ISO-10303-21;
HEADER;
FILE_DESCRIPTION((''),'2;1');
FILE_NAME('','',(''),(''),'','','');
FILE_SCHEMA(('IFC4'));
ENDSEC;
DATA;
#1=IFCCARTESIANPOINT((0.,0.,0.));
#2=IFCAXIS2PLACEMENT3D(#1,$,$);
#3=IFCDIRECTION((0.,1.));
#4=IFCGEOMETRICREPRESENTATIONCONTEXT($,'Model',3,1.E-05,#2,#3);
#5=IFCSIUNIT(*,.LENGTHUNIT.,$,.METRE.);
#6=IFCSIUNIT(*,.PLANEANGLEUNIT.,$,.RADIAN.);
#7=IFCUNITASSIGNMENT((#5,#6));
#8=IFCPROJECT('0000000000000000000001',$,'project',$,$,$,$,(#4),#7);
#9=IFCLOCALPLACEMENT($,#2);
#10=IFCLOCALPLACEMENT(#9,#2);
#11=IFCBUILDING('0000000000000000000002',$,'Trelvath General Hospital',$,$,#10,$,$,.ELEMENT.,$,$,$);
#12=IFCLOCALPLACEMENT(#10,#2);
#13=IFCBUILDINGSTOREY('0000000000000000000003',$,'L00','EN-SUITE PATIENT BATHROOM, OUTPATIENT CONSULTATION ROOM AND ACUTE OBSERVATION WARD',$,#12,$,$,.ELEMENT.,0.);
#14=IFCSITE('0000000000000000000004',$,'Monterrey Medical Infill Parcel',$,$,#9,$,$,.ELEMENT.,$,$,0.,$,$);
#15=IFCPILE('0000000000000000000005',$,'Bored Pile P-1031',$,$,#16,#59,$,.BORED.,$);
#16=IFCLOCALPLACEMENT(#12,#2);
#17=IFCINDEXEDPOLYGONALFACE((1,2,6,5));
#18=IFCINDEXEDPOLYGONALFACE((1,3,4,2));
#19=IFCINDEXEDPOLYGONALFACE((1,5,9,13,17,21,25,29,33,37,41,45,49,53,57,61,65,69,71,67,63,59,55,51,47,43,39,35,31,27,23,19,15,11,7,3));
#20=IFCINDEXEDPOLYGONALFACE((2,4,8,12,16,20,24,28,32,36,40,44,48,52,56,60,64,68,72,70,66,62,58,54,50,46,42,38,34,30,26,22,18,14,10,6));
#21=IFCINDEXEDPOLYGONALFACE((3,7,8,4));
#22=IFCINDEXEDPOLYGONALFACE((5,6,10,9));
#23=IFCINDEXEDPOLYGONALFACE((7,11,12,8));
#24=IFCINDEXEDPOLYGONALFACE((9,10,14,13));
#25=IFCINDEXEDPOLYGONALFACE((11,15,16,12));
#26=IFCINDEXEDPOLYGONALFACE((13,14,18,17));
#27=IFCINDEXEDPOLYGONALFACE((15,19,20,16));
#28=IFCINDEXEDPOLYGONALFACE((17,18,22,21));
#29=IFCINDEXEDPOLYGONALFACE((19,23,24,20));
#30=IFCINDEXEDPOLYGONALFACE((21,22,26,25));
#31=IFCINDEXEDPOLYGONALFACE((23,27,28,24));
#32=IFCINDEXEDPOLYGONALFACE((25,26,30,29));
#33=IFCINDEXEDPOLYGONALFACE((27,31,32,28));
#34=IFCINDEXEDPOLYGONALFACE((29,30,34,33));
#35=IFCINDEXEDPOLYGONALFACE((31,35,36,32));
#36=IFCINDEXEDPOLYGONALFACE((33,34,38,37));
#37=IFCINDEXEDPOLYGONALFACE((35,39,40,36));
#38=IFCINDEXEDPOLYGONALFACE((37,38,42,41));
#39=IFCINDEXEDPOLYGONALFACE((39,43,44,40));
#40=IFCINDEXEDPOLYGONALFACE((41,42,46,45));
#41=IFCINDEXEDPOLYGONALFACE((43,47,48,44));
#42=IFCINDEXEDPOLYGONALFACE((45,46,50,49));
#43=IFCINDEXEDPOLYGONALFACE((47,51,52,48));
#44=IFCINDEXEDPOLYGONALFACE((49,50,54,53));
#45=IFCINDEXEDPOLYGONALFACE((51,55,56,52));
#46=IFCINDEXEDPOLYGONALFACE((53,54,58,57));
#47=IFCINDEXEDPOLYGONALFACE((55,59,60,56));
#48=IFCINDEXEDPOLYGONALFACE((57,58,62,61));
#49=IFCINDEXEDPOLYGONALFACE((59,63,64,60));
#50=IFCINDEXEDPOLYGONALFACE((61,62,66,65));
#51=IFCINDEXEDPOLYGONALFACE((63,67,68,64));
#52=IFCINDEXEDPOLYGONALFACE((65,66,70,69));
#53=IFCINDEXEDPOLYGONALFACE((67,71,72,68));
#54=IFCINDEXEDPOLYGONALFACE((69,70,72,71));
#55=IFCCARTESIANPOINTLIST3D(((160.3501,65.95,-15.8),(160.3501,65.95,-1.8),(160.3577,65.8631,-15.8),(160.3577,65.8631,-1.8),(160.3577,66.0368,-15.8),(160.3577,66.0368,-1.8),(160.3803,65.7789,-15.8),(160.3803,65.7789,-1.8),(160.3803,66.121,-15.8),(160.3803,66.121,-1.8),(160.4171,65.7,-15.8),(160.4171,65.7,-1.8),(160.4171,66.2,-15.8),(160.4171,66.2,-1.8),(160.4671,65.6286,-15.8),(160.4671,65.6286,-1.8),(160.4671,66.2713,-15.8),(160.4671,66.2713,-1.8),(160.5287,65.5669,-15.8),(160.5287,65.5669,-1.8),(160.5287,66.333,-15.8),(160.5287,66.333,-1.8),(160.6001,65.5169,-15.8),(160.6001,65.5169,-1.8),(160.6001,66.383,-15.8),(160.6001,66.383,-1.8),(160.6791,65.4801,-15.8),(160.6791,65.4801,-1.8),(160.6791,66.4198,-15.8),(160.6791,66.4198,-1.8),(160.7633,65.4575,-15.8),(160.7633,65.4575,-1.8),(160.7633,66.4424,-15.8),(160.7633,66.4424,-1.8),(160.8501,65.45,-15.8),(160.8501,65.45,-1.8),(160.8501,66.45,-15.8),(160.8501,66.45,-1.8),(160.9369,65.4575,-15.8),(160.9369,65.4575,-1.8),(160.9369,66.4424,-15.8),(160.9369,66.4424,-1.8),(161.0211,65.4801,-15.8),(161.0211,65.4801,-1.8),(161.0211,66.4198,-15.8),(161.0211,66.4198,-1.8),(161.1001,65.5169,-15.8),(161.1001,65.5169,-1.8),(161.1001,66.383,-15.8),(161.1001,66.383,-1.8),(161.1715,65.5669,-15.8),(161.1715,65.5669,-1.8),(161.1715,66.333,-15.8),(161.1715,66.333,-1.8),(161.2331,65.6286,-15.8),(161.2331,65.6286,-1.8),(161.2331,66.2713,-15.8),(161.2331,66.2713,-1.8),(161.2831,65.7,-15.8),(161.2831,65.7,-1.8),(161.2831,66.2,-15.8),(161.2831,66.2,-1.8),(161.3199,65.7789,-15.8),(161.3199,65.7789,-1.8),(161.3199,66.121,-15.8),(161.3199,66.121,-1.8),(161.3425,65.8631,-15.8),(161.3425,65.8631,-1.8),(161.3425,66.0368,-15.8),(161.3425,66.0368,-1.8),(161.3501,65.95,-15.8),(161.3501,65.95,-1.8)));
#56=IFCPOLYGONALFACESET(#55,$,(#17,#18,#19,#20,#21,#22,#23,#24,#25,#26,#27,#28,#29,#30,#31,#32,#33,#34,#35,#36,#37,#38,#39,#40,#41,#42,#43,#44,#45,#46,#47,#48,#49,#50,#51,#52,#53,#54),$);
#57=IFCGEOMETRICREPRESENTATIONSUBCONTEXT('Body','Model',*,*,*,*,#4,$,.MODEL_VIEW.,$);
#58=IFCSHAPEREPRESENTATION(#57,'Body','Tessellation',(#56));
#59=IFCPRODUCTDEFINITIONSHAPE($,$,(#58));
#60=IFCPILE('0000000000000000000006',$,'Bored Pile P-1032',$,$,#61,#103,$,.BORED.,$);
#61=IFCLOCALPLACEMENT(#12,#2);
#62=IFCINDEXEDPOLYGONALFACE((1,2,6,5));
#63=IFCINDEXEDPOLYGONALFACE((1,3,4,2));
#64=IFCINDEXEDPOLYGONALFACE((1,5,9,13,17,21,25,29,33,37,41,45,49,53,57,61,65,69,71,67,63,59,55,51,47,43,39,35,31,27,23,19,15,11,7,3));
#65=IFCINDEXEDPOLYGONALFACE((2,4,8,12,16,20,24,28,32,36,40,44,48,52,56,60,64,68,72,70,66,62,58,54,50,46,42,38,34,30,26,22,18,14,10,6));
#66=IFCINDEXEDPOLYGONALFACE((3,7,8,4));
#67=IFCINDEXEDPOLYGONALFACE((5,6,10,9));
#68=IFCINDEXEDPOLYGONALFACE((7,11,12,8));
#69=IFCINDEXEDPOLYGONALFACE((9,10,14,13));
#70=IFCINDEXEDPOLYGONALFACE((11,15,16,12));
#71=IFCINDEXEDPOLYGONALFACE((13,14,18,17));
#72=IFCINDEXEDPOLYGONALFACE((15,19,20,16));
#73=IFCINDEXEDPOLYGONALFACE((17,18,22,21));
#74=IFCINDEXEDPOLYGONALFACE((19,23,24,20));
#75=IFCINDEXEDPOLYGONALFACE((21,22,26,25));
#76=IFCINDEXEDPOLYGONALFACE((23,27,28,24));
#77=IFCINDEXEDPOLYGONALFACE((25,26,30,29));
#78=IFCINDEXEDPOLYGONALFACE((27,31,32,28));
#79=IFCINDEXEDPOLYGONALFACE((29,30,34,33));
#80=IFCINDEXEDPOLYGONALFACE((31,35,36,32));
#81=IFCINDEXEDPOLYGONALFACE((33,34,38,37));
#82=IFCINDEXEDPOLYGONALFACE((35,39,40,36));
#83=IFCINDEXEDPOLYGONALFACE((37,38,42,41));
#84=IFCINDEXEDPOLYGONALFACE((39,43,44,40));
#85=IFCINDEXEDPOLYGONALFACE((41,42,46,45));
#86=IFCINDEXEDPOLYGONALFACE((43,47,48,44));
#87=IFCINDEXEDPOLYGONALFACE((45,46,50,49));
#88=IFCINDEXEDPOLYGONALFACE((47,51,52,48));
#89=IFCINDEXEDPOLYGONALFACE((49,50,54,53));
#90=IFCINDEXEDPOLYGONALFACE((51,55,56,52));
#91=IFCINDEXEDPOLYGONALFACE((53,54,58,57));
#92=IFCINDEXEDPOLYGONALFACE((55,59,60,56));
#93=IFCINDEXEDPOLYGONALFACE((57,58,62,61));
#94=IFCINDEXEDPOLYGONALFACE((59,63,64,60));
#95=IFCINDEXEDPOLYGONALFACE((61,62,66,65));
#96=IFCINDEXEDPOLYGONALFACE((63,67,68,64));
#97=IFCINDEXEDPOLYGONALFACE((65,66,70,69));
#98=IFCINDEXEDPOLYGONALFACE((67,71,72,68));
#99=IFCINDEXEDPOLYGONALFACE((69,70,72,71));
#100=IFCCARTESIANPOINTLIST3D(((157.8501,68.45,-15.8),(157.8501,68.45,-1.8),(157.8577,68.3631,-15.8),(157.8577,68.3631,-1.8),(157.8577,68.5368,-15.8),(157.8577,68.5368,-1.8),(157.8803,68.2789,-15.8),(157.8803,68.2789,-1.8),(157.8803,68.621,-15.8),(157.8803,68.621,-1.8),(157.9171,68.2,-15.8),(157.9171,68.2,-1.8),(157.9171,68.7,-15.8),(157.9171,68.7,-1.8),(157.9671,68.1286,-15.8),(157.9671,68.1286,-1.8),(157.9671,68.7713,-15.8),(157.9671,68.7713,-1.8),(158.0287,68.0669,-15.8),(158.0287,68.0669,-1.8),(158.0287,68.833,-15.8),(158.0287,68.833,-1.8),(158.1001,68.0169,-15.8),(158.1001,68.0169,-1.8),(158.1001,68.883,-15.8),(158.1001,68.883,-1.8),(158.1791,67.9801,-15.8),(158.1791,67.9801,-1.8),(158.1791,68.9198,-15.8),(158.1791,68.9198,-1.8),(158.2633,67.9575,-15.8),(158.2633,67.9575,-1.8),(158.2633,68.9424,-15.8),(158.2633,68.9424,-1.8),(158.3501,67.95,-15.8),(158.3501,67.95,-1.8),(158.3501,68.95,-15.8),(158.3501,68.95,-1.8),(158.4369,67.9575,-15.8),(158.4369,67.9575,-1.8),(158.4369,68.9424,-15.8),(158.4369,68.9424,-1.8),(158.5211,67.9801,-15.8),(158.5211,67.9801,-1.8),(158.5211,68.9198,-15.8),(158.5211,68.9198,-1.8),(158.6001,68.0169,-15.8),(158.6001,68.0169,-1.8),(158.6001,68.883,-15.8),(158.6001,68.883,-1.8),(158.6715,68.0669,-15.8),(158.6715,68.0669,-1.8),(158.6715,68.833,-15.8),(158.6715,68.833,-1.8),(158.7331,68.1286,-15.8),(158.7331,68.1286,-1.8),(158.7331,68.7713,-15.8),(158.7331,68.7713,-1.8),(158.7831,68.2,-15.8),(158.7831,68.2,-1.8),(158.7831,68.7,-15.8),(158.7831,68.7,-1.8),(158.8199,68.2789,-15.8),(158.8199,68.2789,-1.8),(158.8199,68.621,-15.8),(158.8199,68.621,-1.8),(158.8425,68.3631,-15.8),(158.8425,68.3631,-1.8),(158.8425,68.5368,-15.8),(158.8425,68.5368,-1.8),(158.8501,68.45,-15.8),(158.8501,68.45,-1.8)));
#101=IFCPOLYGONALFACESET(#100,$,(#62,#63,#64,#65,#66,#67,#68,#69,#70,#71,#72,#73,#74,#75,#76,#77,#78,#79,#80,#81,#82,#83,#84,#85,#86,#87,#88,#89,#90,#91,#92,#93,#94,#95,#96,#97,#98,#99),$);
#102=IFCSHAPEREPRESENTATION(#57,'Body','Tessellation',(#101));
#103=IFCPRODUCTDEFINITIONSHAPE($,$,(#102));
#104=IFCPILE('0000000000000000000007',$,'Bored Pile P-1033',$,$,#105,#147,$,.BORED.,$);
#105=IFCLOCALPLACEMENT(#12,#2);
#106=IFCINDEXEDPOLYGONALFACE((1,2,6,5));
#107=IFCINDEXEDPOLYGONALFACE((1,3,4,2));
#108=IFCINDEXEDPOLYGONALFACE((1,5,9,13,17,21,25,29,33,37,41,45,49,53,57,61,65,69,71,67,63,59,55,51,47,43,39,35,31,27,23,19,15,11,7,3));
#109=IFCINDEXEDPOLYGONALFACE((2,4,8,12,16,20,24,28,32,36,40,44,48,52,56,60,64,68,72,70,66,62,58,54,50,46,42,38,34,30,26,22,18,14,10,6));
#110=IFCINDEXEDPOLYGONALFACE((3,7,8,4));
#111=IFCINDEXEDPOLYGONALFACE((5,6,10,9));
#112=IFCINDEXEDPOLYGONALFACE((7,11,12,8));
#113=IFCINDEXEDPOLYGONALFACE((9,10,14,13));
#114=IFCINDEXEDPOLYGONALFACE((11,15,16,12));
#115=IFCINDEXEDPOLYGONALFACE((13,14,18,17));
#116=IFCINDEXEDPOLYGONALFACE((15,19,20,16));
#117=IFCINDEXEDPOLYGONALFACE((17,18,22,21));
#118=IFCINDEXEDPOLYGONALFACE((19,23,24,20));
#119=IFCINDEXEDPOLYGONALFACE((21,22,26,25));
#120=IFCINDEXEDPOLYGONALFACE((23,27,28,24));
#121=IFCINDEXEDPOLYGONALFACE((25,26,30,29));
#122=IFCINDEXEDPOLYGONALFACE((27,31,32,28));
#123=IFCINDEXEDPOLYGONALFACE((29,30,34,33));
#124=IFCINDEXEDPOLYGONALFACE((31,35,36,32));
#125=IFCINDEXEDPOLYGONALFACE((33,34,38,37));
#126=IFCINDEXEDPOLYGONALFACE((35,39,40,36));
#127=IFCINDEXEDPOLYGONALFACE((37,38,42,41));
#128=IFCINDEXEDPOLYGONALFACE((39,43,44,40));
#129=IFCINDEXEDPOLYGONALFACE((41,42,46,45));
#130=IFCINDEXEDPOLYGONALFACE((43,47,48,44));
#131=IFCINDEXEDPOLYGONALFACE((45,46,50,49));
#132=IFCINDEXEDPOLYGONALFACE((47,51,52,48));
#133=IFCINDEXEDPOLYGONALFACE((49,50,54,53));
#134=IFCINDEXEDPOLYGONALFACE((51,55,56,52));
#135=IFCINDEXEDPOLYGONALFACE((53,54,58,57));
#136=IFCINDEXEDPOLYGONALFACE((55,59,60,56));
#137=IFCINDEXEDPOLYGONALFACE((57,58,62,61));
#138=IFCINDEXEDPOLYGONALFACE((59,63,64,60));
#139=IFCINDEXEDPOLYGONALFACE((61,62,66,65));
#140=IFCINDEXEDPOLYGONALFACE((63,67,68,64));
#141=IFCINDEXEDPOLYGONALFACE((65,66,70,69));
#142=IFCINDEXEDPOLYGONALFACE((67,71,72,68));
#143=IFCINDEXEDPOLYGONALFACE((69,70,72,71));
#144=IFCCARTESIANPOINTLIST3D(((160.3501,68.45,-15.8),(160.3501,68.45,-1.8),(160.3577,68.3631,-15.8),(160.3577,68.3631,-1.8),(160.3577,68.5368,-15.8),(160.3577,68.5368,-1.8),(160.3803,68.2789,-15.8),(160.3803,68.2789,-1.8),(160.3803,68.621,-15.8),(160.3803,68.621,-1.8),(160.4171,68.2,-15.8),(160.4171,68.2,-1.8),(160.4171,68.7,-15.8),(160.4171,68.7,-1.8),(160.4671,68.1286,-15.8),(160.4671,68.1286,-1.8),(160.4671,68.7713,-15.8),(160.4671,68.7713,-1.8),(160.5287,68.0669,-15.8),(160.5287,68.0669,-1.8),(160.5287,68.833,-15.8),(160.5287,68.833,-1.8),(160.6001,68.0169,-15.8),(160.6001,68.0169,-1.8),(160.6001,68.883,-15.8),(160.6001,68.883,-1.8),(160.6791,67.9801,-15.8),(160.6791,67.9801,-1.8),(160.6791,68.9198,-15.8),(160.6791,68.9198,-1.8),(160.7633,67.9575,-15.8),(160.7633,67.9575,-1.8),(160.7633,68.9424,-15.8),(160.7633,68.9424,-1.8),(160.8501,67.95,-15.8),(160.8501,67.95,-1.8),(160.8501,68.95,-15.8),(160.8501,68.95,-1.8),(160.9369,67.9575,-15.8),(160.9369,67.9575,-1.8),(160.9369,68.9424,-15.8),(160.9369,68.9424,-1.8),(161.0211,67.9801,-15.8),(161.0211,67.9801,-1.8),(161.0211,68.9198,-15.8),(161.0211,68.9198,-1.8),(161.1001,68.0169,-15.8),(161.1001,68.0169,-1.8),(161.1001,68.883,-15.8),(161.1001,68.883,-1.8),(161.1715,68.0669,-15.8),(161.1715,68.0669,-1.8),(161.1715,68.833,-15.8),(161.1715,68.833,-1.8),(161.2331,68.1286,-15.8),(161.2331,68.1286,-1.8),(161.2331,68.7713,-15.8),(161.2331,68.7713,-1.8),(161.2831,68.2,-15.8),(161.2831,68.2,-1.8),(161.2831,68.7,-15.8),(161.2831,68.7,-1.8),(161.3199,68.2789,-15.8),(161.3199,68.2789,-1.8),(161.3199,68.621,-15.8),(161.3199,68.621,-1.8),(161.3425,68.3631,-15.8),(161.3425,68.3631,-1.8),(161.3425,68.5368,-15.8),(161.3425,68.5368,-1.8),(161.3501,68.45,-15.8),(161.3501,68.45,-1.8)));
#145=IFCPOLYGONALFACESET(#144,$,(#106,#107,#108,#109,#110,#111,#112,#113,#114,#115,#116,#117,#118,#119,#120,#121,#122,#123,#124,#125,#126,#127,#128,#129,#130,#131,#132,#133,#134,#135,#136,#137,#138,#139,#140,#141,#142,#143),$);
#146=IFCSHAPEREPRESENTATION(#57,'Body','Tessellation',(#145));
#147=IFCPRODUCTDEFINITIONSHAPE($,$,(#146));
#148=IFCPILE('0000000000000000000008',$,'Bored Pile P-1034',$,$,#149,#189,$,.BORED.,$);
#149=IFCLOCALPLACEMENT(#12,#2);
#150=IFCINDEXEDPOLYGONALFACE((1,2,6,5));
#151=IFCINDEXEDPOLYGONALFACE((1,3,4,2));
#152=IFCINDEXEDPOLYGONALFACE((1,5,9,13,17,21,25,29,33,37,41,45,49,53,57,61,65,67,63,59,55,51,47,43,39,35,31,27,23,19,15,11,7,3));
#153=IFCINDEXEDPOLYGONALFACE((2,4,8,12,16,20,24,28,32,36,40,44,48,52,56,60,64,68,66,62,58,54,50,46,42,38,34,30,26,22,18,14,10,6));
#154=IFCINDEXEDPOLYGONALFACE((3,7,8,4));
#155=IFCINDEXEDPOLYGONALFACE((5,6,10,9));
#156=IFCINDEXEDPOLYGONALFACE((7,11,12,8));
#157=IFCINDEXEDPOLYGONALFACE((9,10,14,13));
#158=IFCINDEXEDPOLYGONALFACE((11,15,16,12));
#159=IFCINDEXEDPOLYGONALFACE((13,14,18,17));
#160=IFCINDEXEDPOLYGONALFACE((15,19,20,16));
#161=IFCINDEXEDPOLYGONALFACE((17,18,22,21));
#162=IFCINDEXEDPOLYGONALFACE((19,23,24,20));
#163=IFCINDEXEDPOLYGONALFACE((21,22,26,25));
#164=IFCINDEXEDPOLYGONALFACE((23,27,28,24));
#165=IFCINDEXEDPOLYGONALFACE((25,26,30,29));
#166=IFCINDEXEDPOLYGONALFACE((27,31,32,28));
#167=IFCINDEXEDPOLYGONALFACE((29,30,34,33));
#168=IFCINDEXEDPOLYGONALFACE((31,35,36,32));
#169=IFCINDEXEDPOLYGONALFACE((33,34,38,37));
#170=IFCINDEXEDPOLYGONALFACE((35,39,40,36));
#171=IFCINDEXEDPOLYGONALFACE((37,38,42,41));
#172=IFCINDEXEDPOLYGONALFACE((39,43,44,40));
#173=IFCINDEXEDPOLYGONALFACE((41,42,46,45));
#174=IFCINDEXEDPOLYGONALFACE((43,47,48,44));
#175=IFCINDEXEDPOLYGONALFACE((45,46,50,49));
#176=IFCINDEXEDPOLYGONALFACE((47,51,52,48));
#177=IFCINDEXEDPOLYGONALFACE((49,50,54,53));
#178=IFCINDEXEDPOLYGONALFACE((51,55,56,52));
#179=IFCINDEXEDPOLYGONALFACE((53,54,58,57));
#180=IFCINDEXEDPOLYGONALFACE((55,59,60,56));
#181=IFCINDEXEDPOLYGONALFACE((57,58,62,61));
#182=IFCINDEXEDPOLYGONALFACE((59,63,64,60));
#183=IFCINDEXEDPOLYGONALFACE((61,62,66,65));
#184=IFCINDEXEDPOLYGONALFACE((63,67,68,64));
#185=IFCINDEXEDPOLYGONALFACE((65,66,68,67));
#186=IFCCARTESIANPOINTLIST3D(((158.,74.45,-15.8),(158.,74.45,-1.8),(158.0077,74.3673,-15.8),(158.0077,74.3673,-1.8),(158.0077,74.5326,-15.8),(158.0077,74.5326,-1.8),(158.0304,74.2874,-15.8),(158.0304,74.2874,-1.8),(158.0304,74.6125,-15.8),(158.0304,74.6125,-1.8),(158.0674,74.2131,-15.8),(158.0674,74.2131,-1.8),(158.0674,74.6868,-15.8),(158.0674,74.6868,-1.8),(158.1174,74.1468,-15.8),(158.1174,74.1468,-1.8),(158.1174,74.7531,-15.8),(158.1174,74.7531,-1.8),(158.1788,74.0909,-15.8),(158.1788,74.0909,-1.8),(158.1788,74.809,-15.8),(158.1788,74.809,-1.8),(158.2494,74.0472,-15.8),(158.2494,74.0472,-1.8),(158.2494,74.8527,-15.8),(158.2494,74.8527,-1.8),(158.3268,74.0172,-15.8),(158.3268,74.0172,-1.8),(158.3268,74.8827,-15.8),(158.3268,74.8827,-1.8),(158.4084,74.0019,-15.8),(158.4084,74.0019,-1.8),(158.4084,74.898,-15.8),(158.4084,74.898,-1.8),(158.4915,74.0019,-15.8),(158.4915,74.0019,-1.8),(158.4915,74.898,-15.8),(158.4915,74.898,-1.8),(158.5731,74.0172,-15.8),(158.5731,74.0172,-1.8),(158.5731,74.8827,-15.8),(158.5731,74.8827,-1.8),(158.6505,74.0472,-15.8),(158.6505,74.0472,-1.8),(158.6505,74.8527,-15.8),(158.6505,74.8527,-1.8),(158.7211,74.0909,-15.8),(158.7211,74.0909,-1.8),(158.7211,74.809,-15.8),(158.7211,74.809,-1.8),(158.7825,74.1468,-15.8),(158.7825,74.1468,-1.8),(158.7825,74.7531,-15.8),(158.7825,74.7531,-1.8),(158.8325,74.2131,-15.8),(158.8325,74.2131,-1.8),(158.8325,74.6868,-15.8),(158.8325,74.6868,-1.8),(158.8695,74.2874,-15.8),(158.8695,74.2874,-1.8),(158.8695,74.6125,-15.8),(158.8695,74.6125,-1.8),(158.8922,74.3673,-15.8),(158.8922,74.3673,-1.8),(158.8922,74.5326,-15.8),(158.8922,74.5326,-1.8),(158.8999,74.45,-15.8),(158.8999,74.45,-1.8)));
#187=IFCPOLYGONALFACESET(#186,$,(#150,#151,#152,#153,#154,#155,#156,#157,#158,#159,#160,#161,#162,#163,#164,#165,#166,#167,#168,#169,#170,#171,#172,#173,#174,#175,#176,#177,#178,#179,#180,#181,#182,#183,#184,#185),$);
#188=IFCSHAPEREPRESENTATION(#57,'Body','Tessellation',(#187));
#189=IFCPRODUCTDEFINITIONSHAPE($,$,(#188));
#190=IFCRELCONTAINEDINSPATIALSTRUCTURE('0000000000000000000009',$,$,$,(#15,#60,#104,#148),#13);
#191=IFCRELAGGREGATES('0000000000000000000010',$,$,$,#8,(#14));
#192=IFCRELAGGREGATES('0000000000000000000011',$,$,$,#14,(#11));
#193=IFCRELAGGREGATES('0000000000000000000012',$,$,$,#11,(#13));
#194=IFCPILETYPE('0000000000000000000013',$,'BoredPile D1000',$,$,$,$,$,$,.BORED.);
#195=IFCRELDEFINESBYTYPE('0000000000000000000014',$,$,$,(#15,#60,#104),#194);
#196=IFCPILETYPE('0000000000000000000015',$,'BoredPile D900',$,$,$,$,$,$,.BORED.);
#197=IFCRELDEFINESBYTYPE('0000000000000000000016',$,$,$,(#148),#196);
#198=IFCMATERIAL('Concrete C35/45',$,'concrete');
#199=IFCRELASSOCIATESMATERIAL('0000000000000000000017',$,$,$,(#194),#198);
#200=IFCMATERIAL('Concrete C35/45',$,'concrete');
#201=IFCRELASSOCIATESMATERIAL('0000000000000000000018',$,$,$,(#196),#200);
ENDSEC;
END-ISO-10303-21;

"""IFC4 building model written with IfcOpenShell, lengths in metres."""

from ifc_helpers import new_model, si_unit, direction, frame, origin, origin_2d, place, context, subcontext, project, spatial, circle, extrude, material, material_profile, profile_set, type_object, element, save


model = new_model("IFC4")

# Units and contexts
model_context = context("Model", 3, precision=1e-05, world=origin(), true_north=direction((0.0, 1.0)))
body_context = subcontext(model_context, "Body", "Model", "MODEL_VIEW")
ifc_project = project(units=[si_unit("LENGTHUNIT", "METRE"), si_unit("PLANEANGLEUNIT", "RADIAN")], contexts=[model_context])

# Site, building, storey
site_placement = place(None, origin())
site = spatial("IfcSite", under=ifc_project, at=site_placement, Name="Monterrey Medical Infill Parcel", CompositionType="ELEMENT", RefElevation=0.0)
building_placement = place(site_placement, origin())
building = spatial("IfcBuilding", under=site, at=building_placement, Name="Trelvath General Hospital", CompositionType="ELEMENT")
storey_placement = place(building_placement, origin())
storey = spatial("IfcBuildingStorey", under=building, at=storey_placement, Name="L00", Description="EN-SUITE PATIENT BATHROOM, OUTPATIENT CONSULTATION ROOM AND ACUTE OBSERVATION WARD", CompositionType="ELEMENT", Elevation=0.0)

# Piles
ifc_material_1 = material(Name="Concrete C35/45", Category="concrete")
ifc_material_profile_1 = material_profile(ifc_material_1, circle(Radius=0.5, at=origin_2d()), Name="PILE1000")
ifc_profile_set_1 = profile_set([ifc_material_profile_1], Name="Concrete C35/45")
pile_type_1 = type_object("IfcPileType", Name="BoredPile D1000", PredefinedType="BORED", material=ifc_profile_set_1)
for number, where, z_axis, x_axis, name in (
    (1, (160.8501, 65.95, -1.8), (0.0, 0.0, -1.0), (1.0, 0.0, 0.0), "Bored Pile P-1031"),
    (2, (158.3501, 68.45, -1.8), (0.0, 0.0, -1.0), (1.0, 0.0, 0.0), "Bored Pile P-1032"),
    (3, (160.8501, 68.45, -1.8), (0.0, 0.0, -1.0), (1.0, 0.0, 0.0), "Bored Pile P-1033"),
):
    element("IfcPile", number, at=place(storey_placement, frame(where, z_axis=z_axis, x_axis=x_axis)), inside=storey, type_object=pile_type_1, Name=name, PredefinedType="BORED", context=body_context, shape_type="SweptSolid", body=[
        extrude(circle(Radius=0.5, at=origin_2d()), origin(), (0.0, 0.0, 1.0), 14.0),
    ])
ifc_material_2 = material(Name="Concrete C35/45", Category="concrete")
ifc_material_profile_2 = material_profile(ifc_material_2, circle(Radius=0.45, at=origin_2d()), Name="PILE900")
ifc_profile_set_2 = profile_set([ifc_material_profile_2], Name="Concrete C35/45")
pile_type_2 = type_object("IfcPileType", Name="BoredPile D900", PredefinedType="BORED", material=ifc_profile_set_2)
for number, where, z_axis, x_axis, name in (
    (4, (158.45, 74.45, -1.8), (0.0, 0.0, -1.0), (1.0, 0.0, 0.0), "Bored Pile P-1034"),
):
    element("IfcPile", number, at=place(storey_placement, frame(where, z_axis=z_axis, x_axis=x_axis)), inside=storey, type_object=pile_type_2, Name=name, PredefinedType="BORED", context=body_context, shape_type="SweptSolid", body=[
        extrude(circle(Radius=0.45, at=origin_2d()), origin(), (0.0, 0.0, 1.0), 14.0),
    ])

save(model, "model.ifc")
